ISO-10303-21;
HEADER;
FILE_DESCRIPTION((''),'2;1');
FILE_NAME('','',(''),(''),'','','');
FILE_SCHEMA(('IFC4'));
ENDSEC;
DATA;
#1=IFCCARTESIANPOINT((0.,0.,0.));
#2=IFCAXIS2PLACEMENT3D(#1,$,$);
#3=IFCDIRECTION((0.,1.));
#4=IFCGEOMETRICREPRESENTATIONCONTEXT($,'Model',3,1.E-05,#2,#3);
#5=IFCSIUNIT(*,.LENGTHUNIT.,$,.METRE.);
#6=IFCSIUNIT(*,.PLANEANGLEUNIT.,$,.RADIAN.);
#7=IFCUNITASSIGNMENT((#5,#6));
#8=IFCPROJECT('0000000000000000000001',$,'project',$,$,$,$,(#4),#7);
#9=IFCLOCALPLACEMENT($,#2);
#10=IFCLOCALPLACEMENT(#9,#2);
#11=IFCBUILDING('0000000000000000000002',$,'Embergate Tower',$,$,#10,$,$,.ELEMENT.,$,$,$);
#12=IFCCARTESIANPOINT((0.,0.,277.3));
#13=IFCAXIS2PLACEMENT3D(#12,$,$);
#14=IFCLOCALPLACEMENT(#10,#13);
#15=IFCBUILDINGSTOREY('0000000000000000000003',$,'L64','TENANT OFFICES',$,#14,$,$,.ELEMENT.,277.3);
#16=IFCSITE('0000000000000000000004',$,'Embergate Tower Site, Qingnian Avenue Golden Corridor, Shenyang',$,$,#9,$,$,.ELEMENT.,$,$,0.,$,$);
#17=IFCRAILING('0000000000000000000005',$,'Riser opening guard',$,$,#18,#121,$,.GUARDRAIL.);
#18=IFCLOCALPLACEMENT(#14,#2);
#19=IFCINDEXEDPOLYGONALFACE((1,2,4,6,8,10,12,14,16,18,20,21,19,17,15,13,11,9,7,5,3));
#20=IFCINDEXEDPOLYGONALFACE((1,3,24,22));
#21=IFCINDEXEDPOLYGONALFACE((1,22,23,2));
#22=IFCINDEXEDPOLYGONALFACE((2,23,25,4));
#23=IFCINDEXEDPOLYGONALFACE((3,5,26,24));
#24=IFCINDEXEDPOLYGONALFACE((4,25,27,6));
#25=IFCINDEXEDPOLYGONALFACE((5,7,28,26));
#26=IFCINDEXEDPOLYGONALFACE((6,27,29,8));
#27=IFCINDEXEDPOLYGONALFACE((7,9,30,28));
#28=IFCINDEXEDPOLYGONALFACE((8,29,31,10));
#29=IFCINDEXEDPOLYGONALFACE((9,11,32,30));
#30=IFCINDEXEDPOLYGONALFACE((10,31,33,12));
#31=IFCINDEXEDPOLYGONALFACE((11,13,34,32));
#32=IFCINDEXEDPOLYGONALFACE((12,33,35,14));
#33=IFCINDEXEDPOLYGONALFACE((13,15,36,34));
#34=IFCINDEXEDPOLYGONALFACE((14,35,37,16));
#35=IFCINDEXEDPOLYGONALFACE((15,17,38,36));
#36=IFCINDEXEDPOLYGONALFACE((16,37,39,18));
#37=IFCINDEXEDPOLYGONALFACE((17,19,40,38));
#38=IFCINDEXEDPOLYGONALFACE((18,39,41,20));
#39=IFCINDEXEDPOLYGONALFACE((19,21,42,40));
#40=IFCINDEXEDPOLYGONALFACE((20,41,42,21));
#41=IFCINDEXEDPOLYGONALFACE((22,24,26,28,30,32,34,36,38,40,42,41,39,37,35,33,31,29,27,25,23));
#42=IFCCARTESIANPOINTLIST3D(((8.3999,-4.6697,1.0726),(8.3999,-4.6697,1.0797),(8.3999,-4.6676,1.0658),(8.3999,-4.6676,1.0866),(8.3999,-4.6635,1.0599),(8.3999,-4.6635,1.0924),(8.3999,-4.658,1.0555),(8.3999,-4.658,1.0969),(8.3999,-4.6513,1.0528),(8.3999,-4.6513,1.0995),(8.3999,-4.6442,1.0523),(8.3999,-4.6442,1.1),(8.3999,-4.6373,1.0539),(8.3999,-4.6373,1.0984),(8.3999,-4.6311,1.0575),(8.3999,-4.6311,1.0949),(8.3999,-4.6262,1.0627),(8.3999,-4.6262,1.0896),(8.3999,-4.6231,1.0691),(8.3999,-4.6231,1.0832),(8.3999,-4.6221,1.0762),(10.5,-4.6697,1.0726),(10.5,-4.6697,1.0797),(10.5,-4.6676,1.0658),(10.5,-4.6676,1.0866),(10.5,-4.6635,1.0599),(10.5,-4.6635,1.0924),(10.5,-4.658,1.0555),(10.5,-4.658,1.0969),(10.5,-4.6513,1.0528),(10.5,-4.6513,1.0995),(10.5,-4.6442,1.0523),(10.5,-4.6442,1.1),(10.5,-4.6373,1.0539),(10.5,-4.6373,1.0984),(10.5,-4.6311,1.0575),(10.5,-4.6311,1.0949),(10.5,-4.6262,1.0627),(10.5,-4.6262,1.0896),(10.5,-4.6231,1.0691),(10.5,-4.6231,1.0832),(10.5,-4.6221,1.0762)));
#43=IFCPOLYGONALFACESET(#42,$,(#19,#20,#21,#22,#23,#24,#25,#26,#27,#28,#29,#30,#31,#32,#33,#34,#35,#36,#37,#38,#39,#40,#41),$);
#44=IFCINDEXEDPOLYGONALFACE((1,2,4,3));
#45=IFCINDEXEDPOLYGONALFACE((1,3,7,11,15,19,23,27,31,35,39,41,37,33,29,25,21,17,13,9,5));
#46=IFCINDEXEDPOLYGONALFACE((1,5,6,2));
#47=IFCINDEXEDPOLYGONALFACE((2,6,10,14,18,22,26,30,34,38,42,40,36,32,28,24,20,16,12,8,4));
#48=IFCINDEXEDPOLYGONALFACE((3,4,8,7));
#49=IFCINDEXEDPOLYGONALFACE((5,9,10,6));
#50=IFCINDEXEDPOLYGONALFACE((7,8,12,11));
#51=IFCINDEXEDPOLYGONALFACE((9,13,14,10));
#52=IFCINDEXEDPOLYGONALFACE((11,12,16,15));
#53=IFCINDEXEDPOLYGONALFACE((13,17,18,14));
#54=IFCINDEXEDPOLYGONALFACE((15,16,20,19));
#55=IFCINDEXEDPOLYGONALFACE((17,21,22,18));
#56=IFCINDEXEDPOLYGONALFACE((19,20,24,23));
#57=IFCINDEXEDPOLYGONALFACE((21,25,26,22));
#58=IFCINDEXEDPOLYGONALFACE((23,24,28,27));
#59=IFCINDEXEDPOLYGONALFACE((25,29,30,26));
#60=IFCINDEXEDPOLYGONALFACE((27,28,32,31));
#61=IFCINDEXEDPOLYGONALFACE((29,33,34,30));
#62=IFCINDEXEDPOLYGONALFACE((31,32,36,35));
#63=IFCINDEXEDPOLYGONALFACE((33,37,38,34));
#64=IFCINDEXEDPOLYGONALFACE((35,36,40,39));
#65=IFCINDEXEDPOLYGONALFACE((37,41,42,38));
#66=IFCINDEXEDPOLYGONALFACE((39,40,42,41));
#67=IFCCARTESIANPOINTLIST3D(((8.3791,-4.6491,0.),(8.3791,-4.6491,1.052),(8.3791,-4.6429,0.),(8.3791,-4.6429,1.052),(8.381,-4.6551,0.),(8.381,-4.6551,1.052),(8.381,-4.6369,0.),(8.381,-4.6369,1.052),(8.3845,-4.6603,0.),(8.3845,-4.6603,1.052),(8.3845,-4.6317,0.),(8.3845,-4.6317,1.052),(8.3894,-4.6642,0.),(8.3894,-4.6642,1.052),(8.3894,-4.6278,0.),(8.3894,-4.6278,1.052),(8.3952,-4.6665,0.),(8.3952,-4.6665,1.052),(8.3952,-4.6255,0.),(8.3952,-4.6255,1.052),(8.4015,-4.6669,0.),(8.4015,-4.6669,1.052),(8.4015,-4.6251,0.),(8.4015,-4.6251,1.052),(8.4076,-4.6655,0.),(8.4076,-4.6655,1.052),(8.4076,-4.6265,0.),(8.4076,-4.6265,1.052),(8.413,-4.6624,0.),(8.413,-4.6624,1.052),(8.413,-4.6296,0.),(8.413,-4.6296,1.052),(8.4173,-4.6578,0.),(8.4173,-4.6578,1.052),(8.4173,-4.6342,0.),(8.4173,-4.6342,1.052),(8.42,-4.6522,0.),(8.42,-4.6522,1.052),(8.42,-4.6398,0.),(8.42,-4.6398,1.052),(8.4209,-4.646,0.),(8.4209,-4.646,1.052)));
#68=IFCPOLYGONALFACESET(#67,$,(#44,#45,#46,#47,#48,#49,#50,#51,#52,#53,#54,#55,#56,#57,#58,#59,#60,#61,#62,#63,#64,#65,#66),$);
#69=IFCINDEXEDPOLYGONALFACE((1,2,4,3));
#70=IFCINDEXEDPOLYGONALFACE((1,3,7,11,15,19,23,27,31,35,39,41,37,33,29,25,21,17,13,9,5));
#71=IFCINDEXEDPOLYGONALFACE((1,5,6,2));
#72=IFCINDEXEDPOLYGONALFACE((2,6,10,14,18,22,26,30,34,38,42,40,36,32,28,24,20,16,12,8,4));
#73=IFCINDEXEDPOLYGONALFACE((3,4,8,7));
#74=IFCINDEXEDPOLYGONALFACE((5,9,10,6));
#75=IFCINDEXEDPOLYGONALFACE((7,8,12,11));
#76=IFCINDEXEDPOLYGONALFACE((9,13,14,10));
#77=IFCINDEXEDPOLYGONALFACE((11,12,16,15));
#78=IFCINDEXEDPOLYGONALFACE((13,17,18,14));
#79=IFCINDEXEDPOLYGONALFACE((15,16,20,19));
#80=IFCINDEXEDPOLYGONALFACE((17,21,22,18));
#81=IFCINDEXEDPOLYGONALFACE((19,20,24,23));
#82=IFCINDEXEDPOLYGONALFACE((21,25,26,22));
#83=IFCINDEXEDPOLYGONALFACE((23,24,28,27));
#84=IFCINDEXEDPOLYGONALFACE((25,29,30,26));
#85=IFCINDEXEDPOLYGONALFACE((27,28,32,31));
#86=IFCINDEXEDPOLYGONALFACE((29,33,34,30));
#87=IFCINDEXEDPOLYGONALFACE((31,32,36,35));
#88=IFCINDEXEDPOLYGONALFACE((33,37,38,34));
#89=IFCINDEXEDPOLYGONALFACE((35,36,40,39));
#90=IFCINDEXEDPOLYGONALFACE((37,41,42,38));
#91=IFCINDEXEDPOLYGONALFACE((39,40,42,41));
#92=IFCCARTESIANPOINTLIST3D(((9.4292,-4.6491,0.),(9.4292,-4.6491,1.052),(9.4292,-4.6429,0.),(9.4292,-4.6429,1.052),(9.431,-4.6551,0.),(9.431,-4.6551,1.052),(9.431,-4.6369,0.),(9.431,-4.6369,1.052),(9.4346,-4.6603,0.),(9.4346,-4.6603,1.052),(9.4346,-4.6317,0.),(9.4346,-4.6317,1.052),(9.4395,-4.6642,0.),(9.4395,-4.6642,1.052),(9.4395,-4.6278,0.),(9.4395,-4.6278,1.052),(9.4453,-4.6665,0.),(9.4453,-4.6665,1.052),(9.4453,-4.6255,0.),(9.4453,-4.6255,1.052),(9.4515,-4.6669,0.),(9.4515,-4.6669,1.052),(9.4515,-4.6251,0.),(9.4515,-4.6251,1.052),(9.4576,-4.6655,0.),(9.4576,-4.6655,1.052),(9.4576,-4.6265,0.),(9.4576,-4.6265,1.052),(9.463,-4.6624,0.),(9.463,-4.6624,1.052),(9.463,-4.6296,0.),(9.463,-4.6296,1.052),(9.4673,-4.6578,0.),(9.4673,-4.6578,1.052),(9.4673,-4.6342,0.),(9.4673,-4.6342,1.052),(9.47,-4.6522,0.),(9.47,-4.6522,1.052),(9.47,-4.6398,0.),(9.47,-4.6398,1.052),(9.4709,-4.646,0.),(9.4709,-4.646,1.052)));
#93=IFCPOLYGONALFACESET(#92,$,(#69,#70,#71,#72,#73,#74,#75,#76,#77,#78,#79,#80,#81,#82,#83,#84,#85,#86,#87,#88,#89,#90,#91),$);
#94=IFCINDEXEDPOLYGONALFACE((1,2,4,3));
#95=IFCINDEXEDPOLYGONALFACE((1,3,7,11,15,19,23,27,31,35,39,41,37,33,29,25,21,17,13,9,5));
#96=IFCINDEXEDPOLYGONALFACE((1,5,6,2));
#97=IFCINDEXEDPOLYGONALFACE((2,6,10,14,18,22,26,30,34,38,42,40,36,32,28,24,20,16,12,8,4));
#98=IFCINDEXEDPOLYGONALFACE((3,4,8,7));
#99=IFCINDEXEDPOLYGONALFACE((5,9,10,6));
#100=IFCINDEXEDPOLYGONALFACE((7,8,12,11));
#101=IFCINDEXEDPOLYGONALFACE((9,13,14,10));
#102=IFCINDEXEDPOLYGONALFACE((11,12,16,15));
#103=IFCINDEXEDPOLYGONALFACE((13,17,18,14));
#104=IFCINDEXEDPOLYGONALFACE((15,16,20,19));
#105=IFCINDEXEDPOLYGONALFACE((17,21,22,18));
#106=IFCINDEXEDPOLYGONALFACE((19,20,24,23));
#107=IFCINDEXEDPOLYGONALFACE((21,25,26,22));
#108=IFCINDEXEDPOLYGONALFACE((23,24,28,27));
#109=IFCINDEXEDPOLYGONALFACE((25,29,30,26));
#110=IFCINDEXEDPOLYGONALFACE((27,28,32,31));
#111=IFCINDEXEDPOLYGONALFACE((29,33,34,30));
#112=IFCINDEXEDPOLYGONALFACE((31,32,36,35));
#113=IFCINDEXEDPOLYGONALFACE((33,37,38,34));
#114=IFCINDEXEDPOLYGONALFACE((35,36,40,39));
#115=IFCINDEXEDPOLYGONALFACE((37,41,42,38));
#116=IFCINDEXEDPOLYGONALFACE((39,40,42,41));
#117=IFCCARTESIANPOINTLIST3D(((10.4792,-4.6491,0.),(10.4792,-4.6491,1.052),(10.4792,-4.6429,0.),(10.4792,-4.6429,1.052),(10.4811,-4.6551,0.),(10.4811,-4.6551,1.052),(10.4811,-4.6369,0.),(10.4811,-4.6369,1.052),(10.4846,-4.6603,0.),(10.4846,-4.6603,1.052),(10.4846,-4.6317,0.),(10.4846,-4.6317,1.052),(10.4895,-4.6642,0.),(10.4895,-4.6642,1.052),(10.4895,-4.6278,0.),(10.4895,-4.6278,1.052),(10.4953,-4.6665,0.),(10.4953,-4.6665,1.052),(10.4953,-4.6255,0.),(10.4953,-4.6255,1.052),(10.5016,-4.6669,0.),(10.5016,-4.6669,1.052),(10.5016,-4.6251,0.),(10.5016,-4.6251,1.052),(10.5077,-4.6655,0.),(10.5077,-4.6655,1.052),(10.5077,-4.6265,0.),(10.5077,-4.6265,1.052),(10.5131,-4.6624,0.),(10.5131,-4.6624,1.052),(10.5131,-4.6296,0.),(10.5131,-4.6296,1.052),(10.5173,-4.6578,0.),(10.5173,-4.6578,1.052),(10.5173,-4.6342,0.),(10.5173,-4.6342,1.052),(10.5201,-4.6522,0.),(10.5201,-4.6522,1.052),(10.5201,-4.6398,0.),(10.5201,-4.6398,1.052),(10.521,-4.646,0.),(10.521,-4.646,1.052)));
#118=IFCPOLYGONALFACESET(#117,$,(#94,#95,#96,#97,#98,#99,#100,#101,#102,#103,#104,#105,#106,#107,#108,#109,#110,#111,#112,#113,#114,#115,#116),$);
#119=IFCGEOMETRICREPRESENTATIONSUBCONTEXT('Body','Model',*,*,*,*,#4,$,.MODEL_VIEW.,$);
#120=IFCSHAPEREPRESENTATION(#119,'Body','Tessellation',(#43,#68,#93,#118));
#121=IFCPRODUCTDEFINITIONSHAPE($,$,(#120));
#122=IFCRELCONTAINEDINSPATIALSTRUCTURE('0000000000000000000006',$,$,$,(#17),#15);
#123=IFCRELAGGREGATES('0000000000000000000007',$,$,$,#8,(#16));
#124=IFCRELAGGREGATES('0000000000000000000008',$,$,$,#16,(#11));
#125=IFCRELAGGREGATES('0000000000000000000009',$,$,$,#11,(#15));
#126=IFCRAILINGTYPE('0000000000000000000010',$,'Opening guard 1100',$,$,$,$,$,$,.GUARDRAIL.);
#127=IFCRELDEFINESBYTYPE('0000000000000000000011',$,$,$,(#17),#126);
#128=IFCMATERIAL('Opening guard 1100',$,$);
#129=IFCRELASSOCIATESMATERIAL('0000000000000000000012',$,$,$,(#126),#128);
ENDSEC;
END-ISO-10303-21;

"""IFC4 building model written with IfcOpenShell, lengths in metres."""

from ifc_helpers import new_model, si_unit, direction, frame, origin, origin_2d, place, context, subcontext, project, spatial, circle, extrude, source, transform, mapped, material, type_object, element, save


model = new_model("IFC4")

# Units and contexts
model_context = context("Model", 3, precision=1e-05, world=origin(), true_north=direction((0.0, 1.0)))
body_context = subcontext(model_context, "Body", "Model", "MODEL_VIEW")
ifc_project = project(units=[si_unit("LENGTHUNIT", "METRE"), si_unit("PLANEANGLEUNIT", "RADIAN")], contexts=[model_context])

# Site, building, storey
site_placement = place(None, origin())
site = spatial("IfcSite", under=ifc_project, at=site_placement, Name="Embergate Tower Site, Qingnian Avenue Golden Corridor, Shenyang", CompositionType="ELEMENT", RefElevation=0.0)
building_placement = place(site_placement, origin())
building = spatial("IfcBuilding", under=site, at=building_placement, Name="Embergate Tower", CompositionType="ELEMENT")
storey_placement = place(building_placement, frame((0.0, 0.0, 277.3)))
storey = spatial("IfcBuildingStorey", under=building, at=storey_placement, Name="L64", Description="TENANT OFFICES", CompositionType="ELEMENT", Elevation=277.3)

# Railing
ifc_material_1 = material(Name="Opening guard 1100")
railing_type = type_object("IfcRailingType", Name="Opening guard 1100", PredefinedType="GUARDRAIL", material=ifc_material_1)
shared_shape_1 = source(origin(), body_context, "Body", "SweptSolid", [
    extrude(circle(Radius=0.0239, at=origin_2d()), frame((0.0, 0.0, 1.0762), z_axis=(1.0, 0.0, 0.0), x_axis=(0.0, 1.0, 0.0)), (0.0, 0.0, 1.0), 2.1001),
    extrude(circle(Radius=0.021, at=origin_2d()), origin(), (0.0, 0.0, 1.0), 1.052),
    extrude(circle(Radius=0.021, at=origin_2d()), frame((1.05, 0.0, 0.0)), (0.0, 0.0, 1.0), 1.052),
    extrude(circle(Radius=0.021, at=origin_2d()), frame((2.1001, 0.0, 0.0)), (0.0, 0.0, 1.0), 1.052),
])
railing_1_placement = place(storey_placement, frame((8.3999, -4.646, 0.0)))
element("IfcRailing", 1, at=railing_1_placement, inside=storey, type_object=railing_type, Name="Riser opening guard", PredefinedType="GUARDRAIL", context=body_context, shape_type="MappedRepresentation", body=[
    mapped(shared_shape_1, transform((0.0, 0.0, 0.0))),
])

save(model, "model.ifc")
